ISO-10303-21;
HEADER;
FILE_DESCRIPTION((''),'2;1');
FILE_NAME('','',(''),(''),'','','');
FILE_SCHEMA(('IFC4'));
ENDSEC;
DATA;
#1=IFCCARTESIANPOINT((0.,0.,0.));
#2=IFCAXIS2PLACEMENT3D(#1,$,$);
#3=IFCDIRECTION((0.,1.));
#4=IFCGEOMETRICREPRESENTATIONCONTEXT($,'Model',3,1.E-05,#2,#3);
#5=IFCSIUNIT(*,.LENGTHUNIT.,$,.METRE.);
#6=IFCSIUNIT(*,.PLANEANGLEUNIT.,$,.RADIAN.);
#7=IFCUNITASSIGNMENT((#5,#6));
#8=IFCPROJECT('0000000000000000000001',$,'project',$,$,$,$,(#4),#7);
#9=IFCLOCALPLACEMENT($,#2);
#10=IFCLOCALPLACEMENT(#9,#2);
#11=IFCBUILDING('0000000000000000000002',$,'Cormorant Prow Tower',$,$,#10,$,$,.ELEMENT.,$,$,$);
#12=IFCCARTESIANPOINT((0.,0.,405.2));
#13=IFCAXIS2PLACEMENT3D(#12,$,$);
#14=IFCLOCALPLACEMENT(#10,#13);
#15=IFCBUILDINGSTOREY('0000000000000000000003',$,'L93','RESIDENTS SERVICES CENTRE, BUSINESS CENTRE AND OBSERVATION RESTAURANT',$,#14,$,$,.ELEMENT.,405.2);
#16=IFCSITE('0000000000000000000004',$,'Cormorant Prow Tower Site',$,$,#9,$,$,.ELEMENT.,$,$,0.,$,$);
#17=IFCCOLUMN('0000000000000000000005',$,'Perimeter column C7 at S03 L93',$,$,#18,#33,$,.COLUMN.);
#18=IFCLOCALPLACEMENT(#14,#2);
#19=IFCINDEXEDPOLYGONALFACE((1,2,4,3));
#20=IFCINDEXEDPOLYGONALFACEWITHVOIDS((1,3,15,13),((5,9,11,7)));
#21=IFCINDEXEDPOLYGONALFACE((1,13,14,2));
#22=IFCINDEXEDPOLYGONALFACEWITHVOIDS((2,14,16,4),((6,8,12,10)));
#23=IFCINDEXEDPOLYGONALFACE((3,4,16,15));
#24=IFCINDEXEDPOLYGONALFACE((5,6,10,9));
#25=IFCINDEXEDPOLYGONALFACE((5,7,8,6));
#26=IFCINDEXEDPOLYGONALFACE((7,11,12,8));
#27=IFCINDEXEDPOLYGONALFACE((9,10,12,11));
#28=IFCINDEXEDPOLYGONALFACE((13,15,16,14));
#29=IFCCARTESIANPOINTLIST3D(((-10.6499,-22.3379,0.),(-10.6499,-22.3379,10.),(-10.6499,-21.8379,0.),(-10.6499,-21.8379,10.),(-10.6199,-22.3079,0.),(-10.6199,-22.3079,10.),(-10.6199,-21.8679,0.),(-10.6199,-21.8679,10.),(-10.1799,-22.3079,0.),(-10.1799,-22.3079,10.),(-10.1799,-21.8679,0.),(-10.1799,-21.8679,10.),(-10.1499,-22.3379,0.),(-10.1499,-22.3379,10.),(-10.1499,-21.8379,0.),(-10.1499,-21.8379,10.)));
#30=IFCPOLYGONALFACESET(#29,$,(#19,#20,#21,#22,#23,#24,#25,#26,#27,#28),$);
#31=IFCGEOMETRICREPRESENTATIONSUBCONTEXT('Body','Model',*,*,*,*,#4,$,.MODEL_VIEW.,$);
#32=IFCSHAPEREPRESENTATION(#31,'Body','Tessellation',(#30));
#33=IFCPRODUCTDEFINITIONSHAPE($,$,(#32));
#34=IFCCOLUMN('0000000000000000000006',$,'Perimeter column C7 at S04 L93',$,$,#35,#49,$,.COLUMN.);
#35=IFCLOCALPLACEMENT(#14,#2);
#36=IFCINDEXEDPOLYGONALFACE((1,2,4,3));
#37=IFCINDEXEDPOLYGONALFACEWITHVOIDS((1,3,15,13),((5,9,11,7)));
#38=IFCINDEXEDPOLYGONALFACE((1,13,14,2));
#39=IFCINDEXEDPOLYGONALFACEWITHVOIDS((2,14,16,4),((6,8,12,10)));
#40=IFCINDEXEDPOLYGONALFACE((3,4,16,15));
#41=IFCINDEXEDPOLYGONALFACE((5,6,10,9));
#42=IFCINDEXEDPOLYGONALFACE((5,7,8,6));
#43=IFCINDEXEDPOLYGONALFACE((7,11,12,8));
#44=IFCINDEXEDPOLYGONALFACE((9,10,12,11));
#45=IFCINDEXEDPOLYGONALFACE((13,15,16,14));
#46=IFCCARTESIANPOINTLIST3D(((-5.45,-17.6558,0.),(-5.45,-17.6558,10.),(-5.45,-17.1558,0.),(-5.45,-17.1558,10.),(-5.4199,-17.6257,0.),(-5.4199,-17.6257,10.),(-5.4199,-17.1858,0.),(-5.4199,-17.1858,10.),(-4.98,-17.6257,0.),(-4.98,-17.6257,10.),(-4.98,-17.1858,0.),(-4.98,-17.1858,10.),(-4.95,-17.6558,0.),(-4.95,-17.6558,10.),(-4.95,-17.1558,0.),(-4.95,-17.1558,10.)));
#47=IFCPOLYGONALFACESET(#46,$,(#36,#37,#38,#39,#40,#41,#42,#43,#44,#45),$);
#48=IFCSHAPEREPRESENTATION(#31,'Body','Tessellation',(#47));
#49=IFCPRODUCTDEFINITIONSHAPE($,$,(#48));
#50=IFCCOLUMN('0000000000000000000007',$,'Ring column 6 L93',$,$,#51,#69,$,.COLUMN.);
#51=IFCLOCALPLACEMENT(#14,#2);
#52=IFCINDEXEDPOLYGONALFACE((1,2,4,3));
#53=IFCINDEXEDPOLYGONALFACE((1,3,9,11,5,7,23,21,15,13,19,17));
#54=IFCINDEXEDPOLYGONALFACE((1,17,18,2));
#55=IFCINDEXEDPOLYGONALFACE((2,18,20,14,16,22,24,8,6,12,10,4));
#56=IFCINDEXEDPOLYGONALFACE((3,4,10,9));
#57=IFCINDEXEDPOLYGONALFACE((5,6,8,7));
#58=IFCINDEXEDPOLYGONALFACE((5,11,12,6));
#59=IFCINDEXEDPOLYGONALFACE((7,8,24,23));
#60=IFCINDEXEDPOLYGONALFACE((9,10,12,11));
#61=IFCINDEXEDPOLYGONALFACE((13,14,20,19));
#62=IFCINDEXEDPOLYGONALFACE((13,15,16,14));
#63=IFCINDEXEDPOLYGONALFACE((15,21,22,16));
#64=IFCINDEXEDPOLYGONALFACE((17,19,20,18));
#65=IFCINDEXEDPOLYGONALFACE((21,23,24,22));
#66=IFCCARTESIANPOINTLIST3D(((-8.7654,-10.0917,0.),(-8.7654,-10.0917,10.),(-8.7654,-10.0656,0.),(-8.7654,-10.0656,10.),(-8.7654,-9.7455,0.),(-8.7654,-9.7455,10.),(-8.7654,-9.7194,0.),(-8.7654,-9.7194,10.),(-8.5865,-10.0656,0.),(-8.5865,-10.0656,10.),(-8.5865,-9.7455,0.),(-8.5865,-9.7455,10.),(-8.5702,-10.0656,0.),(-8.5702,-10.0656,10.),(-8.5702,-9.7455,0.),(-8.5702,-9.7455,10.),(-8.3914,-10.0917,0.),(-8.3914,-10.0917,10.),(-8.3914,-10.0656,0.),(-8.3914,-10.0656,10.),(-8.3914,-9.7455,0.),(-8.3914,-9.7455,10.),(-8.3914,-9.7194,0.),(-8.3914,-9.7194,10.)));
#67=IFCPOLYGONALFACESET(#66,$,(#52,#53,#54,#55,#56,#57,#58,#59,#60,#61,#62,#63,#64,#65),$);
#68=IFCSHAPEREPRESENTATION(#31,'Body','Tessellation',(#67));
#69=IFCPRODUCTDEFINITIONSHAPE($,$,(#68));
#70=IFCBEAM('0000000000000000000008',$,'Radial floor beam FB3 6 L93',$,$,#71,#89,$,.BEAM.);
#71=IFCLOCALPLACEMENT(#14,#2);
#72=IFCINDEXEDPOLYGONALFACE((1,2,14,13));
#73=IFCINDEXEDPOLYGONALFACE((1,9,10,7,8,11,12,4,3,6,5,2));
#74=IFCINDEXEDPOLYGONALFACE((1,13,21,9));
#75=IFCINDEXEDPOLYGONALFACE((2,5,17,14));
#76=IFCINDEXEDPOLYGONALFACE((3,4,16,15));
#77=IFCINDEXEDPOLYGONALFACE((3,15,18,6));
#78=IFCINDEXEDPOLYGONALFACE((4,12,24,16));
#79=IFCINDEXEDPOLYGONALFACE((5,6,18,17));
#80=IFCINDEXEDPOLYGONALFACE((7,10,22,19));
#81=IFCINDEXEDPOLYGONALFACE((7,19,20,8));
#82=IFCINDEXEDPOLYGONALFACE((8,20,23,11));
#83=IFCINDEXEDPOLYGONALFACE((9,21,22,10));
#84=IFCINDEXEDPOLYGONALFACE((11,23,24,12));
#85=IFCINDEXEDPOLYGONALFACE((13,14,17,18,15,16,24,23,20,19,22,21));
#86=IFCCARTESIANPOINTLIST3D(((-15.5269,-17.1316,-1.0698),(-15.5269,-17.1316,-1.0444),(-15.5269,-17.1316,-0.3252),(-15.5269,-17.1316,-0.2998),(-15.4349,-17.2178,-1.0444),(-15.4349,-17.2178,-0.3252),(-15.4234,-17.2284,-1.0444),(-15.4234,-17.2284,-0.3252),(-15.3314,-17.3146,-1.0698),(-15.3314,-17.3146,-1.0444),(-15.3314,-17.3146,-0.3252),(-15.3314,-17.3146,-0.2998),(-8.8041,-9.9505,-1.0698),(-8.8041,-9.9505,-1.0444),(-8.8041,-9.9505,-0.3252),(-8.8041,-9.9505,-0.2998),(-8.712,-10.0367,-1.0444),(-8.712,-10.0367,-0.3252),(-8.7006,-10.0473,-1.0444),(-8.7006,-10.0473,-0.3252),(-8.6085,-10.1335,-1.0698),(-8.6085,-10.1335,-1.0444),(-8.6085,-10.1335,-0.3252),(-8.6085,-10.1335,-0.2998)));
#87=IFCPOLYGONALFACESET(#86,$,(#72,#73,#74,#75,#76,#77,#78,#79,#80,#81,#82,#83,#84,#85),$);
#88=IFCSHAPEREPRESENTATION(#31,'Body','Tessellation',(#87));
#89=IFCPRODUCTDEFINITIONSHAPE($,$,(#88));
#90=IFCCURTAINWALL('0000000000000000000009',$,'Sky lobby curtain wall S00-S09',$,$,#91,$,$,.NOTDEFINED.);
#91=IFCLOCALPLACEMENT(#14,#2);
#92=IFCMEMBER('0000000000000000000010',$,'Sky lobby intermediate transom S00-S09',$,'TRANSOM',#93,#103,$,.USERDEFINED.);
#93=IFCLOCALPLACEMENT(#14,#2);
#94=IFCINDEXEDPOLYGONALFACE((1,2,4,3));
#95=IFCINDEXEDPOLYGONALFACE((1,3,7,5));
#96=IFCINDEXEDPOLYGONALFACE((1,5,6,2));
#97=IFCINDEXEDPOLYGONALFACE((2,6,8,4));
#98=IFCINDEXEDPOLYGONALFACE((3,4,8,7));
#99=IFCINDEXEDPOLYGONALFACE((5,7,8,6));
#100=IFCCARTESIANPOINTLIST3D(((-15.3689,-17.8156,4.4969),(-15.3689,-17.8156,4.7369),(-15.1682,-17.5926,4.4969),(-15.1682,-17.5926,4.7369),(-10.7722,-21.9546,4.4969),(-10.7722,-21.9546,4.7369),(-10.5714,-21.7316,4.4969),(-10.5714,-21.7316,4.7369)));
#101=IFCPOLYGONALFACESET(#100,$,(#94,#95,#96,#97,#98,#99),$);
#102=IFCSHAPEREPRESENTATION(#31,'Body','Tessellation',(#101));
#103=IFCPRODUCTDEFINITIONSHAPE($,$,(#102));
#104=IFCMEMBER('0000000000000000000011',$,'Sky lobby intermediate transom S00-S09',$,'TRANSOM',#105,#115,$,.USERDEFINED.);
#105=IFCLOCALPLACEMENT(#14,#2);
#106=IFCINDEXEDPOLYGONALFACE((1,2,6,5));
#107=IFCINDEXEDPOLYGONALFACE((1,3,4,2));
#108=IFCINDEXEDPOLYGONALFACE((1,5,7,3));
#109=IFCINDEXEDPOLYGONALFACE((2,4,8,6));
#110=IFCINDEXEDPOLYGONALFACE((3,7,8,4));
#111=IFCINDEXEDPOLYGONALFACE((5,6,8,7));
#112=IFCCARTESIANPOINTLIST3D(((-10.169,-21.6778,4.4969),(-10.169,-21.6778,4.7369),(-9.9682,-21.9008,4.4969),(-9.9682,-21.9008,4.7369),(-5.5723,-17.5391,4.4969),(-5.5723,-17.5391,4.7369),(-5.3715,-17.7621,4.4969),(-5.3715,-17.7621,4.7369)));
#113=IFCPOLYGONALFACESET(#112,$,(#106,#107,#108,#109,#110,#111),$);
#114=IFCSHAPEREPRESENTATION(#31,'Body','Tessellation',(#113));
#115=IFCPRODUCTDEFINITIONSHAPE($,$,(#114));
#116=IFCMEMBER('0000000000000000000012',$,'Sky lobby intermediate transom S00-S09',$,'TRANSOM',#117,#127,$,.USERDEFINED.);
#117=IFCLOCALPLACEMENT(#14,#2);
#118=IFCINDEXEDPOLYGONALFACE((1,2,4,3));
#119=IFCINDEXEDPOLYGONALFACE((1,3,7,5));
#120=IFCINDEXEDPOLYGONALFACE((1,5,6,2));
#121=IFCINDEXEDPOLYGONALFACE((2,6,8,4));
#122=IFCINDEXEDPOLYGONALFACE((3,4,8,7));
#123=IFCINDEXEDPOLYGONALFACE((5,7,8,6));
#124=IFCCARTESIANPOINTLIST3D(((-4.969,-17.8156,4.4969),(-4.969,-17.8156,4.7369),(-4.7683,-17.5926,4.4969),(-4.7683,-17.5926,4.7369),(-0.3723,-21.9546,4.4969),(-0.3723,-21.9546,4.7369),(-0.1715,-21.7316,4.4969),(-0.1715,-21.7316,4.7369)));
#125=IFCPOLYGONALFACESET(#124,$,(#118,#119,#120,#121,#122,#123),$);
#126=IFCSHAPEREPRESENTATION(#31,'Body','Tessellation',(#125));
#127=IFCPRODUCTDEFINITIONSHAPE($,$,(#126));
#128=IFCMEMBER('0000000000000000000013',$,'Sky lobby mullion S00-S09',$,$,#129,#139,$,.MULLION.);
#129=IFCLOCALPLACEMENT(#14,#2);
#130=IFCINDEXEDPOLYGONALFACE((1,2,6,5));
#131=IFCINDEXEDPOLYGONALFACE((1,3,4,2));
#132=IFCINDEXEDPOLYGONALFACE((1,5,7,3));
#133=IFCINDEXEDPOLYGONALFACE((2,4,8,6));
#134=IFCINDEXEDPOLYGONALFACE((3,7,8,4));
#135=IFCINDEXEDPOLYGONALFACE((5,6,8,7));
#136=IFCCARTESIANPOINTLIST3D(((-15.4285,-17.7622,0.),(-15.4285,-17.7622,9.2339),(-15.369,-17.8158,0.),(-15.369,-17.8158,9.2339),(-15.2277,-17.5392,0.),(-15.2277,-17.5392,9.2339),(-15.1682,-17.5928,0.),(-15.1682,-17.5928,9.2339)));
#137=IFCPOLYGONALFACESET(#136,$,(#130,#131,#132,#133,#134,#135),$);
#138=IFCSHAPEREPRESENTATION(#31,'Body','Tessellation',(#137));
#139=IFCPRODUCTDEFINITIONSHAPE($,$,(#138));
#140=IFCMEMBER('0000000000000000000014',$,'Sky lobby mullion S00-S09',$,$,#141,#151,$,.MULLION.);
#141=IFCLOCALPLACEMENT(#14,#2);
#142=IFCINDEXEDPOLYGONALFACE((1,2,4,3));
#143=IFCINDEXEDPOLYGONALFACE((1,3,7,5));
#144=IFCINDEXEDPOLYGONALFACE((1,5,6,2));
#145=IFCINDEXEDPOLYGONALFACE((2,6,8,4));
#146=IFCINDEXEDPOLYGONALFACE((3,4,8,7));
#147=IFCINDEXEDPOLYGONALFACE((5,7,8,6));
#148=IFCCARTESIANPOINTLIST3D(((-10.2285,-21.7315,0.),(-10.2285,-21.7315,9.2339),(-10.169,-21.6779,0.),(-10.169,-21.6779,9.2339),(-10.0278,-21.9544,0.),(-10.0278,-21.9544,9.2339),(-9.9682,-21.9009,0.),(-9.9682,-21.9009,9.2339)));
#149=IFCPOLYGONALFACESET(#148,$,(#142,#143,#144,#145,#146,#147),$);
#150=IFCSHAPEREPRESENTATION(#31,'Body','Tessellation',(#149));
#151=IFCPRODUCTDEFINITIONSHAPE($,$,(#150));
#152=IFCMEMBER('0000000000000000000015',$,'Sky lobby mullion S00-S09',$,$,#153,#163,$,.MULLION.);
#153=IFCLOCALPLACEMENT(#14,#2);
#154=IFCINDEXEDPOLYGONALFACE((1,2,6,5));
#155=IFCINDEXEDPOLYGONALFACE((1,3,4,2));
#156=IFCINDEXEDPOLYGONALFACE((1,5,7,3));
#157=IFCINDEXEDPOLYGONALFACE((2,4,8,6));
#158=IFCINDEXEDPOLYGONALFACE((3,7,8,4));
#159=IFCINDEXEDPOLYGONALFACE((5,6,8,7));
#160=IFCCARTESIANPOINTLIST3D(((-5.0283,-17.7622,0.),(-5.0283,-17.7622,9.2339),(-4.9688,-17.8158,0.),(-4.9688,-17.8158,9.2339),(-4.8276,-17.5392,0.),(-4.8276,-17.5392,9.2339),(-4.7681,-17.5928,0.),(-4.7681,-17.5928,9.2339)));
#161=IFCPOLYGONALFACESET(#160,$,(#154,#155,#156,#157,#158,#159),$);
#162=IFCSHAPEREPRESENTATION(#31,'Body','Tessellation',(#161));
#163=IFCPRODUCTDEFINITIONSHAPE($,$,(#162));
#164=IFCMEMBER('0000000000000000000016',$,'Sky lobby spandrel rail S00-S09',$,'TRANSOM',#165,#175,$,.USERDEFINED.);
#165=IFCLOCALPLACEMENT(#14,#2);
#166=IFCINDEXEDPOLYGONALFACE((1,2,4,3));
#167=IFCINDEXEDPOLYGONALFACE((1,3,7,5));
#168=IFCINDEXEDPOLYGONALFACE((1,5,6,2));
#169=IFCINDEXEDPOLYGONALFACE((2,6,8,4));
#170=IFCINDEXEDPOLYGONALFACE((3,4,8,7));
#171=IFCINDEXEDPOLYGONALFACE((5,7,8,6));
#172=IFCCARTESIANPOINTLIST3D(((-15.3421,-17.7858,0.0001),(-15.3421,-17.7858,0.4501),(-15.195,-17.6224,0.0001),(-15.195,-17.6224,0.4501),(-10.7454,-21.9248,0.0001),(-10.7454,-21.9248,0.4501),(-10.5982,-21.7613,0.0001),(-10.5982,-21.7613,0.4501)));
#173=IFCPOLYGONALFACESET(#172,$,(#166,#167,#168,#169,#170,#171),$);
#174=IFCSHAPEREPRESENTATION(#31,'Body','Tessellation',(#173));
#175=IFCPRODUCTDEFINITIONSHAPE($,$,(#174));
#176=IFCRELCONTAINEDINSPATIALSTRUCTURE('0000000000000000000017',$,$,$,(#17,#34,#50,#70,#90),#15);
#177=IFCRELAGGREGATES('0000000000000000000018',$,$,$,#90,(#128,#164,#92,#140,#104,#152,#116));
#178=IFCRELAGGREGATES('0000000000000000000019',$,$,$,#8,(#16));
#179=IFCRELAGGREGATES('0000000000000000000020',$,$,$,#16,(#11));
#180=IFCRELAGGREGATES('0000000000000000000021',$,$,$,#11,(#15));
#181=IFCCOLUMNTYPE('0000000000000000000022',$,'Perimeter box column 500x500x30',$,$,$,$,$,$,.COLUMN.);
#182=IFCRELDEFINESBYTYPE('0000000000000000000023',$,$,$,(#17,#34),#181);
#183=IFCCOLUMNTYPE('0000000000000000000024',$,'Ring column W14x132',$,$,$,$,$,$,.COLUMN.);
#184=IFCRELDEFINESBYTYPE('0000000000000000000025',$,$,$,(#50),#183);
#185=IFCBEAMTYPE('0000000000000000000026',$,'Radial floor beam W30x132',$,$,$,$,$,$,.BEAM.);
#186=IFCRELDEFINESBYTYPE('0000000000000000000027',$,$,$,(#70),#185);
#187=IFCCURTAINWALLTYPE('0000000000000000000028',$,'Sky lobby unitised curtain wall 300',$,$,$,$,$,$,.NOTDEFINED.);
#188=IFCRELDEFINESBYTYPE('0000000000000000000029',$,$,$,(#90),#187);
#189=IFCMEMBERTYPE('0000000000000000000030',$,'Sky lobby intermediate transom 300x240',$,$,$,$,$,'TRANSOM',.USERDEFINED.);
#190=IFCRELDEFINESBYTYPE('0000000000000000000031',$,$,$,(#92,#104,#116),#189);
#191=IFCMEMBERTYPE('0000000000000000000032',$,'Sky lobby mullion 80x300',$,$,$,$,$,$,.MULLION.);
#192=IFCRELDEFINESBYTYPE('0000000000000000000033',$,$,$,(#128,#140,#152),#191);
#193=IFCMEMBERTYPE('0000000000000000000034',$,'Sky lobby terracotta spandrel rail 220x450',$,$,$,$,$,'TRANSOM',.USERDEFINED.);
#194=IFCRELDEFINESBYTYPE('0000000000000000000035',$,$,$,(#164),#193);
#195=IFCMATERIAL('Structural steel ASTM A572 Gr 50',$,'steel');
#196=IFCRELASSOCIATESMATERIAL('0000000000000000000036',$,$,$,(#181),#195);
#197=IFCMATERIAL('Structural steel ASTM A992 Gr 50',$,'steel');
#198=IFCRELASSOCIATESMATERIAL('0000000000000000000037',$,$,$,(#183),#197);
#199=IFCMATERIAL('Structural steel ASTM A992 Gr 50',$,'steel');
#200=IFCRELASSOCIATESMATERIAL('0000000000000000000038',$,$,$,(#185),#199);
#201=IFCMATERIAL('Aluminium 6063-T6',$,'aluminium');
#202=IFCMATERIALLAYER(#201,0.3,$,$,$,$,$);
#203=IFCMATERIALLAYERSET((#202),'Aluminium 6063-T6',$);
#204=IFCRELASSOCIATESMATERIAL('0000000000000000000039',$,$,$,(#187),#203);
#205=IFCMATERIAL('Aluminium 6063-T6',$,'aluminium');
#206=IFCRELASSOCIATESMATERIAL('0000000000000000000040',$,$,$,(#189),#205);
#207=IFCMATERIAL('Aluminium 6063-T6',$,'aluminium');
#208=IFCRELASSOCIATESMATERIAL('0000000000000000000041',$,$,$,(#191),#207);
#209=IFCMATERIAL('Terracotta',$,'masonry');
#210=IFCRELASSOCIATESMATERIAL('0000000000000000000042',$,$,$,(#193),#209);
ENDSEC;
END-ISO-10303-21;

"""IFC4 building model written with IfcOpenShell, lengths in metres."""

from ifc_helpers import new_model, si_unit, direction, frame, origin, origin_2d, place, context, subcontext, project, spatial, rectangle, hollow_rectangle, i_section, extrude, material, layer, layer_set, material_profile, profile_set, type_object, element, aggregate, save


model = new_model("IFC4")

# Units and contexts
model_context = context("Model", 3, precision=1e-05, world=origin(), true_north=direction((0.0, 1.0)))
body_context = subcontext(model_context, "Body", "Model", "MODEL_VIEW")
ifc_project = project(units=[si_unit("LENGTHUNIT", "METRE"), si_unit("PLANEANGLEUNIT", "RADIAN")], contexts=[model_context])

# Site, building, storey
site_placement = place(None, origin())
site = spatial("IfcSite", under=ifc_project, at=site_placement, Name="Cormorant Prow Tower Site", CompositionType="ELEMENT", RefElevation=0.0)
building_placement = place(site_placement, origin())
building = spatial("IfcBuilding", under=site, at=building_placement, Name="Cormorant Prow Tower", CompositionType="ELEMENT")
storey_placement = place(building_placement, frame((0.0, 0.0, 405.2)))
storey = spatial("IfcBuildingStorey", under=building, at=storey_placement, Name="L93", Description="RESIDENTS SERVICES CENTRE, BUSINESS CENTRE AND OBSERVATION RESTAURANT", CompositionType="ELEMENT", Elevation=405.2)

# Columns
ifc_material_1 = material(Name="Structural steel ASTM A572 Gr 50", Category="steel")
ifc_material_profile_1 = material_profile(ifc_material_1, hollow_rectangle(XDim=0.5, YDim=0.5, WallThickness=0.03, at=origin_2d()), Name="Box 500x500x30")
ifc_profile_set_1 = profile_set([ifc_material_profile_1], Name="Structural steel ASTM A572 Gr 50")
column_type_1 = type_object("IfcColumnType", Name="Perimeter box column 500x500x30", PredefinedType="COLUMN", material=ifc_profile_set_1)
for number, where, z_axis, x_axis, name in (
    (1, (-10.3999, -22.0879, 0.0), (0.0, 0.0, 1.0), (1.0, 0.0, 0.0), "Perimeter column C7 at S03 L93"),
    (2, (-5.2, -17.4058, 0.0), (0.0, 0.0, 1.0), (1.0, 0.0, 0.0), "Perimeter column C7 at S04 L93"),
):
    element("IfcColumn", number, at=place(storey_placement, frame(where, z_axis=z_axis, x_axis=x_axis)), inside=storey, type_object=column_type_1, Name=name, PredefinedType="COLUMN", context=body_context, shape_type="SweptSolid", body=[
        extrude(hollow_rectangle(XDim=0.5, YDim=0.5, WallThickness=0.03, at=origin_2d()), origin(), (0.0, 0.0, 1.0), 10.0),
    ])
ifc_material_2 = material(Name="Structural steel ASTM A992 Gr 50", Category="steel")
ifc_material_profile_2 = material_profile(ifc_material_2, i_section(OverallWidth=0.374, OverallDepth=0.3723, WebThickness=0.0164, FlangeThickness=0.0261, at=origin_2d()), Name="W14x132")
ifc_profile_set_2 = profile_set([ifc_material_profile_2], Name="Structural steel ASTM A992 Gr 50")
column_type_2 = type_object("IfcColumnType", Name="Ring column W14x132", PredefinedType="COLUMN", material=ifc_profile_set_2)
column_placement = place(storey_placement, frame((-8.5784, -9.9055, 0.0), z_axis=(0.0, 0.0, 1.0), x_axis=(1.0, 0.0, 0.0)))
element("IfcColumn", 3, at=column_placement, inside=storey, type_object=column_type_2, Name="Ring column 6 L93", PredefinedType="COLUMN", context=body_context, shape_type="SweptSolid", body=[
    extrude(i_section(OverallWidth=0.374, OverallDepth=0.3723, WebThickness=0.0164, FlangeThickness=0.0261, at=origin_2d()), origin(), (0.0, 0.0, 1.0), 10.0),
])

# Beam
ifc_material_3 = material(Name="Structural steel ASTM A992 Gr 50", Category="steel")
ifc_material_profile_3 = material_profile(ifc_material_3, i_section(OverallWidth=0.2678, OverallDepth=0.77, WebThickness=0.0156, FlangeThickness=0.0254, at=origin_2d()), Name="W30x132")
ifc_profile_set_3 = profile_set([ifc_material_profile_3], Name="Structural steel ASTM A992 Gr 50")
beam_type_1 = type_object("IfcBeamType", Name="Radial floor beam W30x132", PredefinedType="BEAM", material=ifc_profile_set_3)
beam_1_placement = place(storey_placement, frame((-8.7063, -10.042, -0.6848), z_axis=(-0.683431, -0.730015, 0.0), x_axis=(0.730015, -0.683431, 0.0)))
element("IfcBeam", 4, at=beam_1_placement, inside=storey, type_object=beam_type_1, Name="Radial floor beam FB3 6 L93", PredefinedType="BEAM", context=body_context, shape_type="SweptSolid", body=[
    extrude(i_section(OverallWidth=0.2678, OverallDepth=0.77, WebThickness=0.0156, FlangeThickness=0.0254, at=origin_2d()), origin(), (0.0, 0.0, 1.0), 9.8369),
])

# Curtain wall, members
ifc_material_4 = material(Name="Aluminium 6063-T6", Category="aluminium")
ifc_layer_1 = layer(ifc_material_4, 0.3)
ifc_layer_set_1 = layer_set([ifc_layer_1], Name="Aluminium 6063-T6")
curtain_wall_type = type_object("IfcCurtainWallType", Name="Sky lobby unitised curtain wall 300", PredefinedType="NOTDEFINED", material=ifc_layer_set_1)
curtain_wall_placement = place(storey_placement, origin())
curtain_wall = element("IfcCurtainWall", 5, at=curtain_wall_placement, inside=storey, type_object=curtain_wall_type, Name="Sky lobby curtain wall S00-S09", PredefinedType="NOTDEFINED")
ifc_material_5 = material(Name="Aluminium 6063-T6", Category="aluminium")
ifc_material_profile_4 = material_profile(ifc_material_5, rectangle(XDim=0.3, YDim=0.24, at=origin_2d()), Name="Sky lobby intermediate transom 300x240")
ifc_profile_set_4 = profile_set([ifc_material_profile_4], Name="Aluminium 6063-T6")
member_type_1 = type_object("IfcMemberType", Name="Sky lobby intermediate transom 300x240", ElementType="TRANSOM", PredefinedType="USERDEFINED", material=ifc_profile_set_4)
member_1_placement = place(storey_placement, frame((-15.2686, -17.7041, 4.6169), z_axis=(0.743141, -0.669135, 0.0), x_axis=(0.669135, 0.743141, 0.0)))
member_1 = element("IfcMember", 6, at=member_1_placement, type_object=member_type_1, Name="Sky lobby intermediate transom S00-S09", ObjectType="TRANSOM", PredefinedType="USERDEFINED", context=body_context, shape_type="SweptSolid", body=[
    extrude(rectangle(XDim=0.3, YDim=0.24, at=origin_2d()), origin(), (0.0, 0.0, 1.0), 6.1855),
])
member_2_placement = place(storey_placement, frame((-10.0686, -21.7893, 4.6169), z_axis=(0.743161, 0.669113, 0.0), x_axis=(-0.669113, 0.743161, 0.0)))
member_2 = element("IfcMember", 7, at=member_2_placement, type_object=member_type_1, Name="Sky lobby intermediate transom S00-S09", ObjectType="TRANSOM", PredefinedType="USERDEFINED", context=body_context, shape_type="SweptSolid", body=[
    extrude(rectangle(XDim=0.3, YDim=0.24, at=origin_2d()), origin(), (0.0, 0.0, 1.0), 6.1853),
])
member_3_placement = place(storey_placement, frame((-4.8687, -17.7041, 4.6169), z_axis=(0.743141, -0.669135, 0.0), x_axis=(0.669135, 0.743141, 0.0)))
member_3 = element("IfcMember", 8, at=member_3_placement, type_object=member_type_1, Name="Sky lobby intermediate transom S00-S09", ObjectType="TRANSOM", PredefinedType="USERDEFINED", context=body_context, shape_type="SweptSolid", body=[
    extrude(rectangle(XDim=0.3, YDim=0.24, at=origin_2d()), origin(), (0.0, 0.0, 1.0), 6.1855),
])
ifc_material_6 = material(Name="Aluminium 6063-T6", Category="aluminium")
ifc_material_profile_5 = material_profile(ifc_material_6, rectangle(XDim=0.3, YDim=0.0801, at=origin_2d()), Name="Sky lobby mullion 80x300")
ifc_profile_set_5 = profile_set([ifc_material_profile_5], Name="Aluminium 6063-T6")
member_type_2 = type_object("IfcMemberType", Name="Sky lobby mullion 80x300", PredefinedType="MULLION", material=ifc_profile_set_5)
member_4_placement = place(storey_placement, frame((-15.2983, -17.6775, 0.0), z_axis=(0.0, 0.0, 1.0), x_axis=(0.669131, 0.743145, 0.0)))
member_4 = element("IfcMember", 9, at=member_4_placement, type_object=member_type_2, Name="Sky lobby mullion S00-S09", PredefinedType="MULLION", context=body_context, shape_type="SweptSolid", body=[
    extrude(rectangle(XDim=0.3, YDim=0.0801, at=origin_2d()), origin(), (0.0, 0.0, 1.0), 9.2339),
])
member_5_placement = place(storey_placement, frame((-10.0984, -21.8162, 0.0), z_axis=(0.0, 0.0, 1.0), x_axis=(-0.669131, 0.743145, 0.0)))
member_5 = element("IfcMember", 10, at=member_5_placement, type_object=member_type_2, Name="Sky lobby mullion S00-S09", PredefinedType="MULLION", context=body_context, shape_type="SweptSolid", body=[
    extrude(rectangle(XDim=0.3, YDim=0.0801, at=origin_2d()), origin(), (0.0, 0.0, 1.0), 9.2339),
])
member_6_placement = place(storey_placement, frame((-4.8982, -17.6775, 0.0), z_axis=(0.0, 0.0, 1.0), x_axis=(0.669131, 0.743145, 0.0)))
member_6 = element("IfcMember", 11, at=member_6_placement, type_object=member_type_2, Name="Sky lobby mullion S00-S09", PredefinedType="MULLION", context=body_context, shape_type="SweptSolid", body=[
    extrude(rectangle(XDim=0.3, YDim=0.0801, at=origin_2d()), origin(), (0.0, 0.0, 1.0), 9.2339),
])
ifc_material_7 = material(Name="Terracotta", Category="masonry")
ifc_material_profile_6 = material_profile(ifc_material_7, rectangle(XDim=0.22, YDim=0.45, at=origin_2d()), Name="Sky lobby terracotta spandrel rail 220x450")
ifc_profile_set_6 = profile_set([ifc_material_profile_6], Name="Terracotta")
member_type_3 = type_object("IfcMemberType", Name="Sky lobby terracotta spandrel rail 220x450", ElementType="TRANSOM", PredefinedType="USERDEFINED", material=ifc_profile_set_6)
member_7_placement = place(storey_placement, frame((-15.2686, -17.7041, 0.2251), z_axis=(0.743141, -0.669135, 0.0), x_axis=(0.669135, 0.743141, 0.0)))
member_7 = element("IfcMember", 12, at=member_7_placement, type_object=member_type_3, Name="Sky lobby spandrel rail S00-S09", ObjectType="TRANSOM", PredefinedType="USERDEFINED", context=body_context, shape_type="SweptSolid", body=[
    extrude(rectangle(XDim=0.22, YDim=0.45, at=origin_2d()), origin(), (0.0, 0.0, 1.0), 6.1855),
])

aggregate(curtain_wall, [member_4, member_7, member_1, member_5, member_2, member_6, member_3])

save(model, "model.ifc")
